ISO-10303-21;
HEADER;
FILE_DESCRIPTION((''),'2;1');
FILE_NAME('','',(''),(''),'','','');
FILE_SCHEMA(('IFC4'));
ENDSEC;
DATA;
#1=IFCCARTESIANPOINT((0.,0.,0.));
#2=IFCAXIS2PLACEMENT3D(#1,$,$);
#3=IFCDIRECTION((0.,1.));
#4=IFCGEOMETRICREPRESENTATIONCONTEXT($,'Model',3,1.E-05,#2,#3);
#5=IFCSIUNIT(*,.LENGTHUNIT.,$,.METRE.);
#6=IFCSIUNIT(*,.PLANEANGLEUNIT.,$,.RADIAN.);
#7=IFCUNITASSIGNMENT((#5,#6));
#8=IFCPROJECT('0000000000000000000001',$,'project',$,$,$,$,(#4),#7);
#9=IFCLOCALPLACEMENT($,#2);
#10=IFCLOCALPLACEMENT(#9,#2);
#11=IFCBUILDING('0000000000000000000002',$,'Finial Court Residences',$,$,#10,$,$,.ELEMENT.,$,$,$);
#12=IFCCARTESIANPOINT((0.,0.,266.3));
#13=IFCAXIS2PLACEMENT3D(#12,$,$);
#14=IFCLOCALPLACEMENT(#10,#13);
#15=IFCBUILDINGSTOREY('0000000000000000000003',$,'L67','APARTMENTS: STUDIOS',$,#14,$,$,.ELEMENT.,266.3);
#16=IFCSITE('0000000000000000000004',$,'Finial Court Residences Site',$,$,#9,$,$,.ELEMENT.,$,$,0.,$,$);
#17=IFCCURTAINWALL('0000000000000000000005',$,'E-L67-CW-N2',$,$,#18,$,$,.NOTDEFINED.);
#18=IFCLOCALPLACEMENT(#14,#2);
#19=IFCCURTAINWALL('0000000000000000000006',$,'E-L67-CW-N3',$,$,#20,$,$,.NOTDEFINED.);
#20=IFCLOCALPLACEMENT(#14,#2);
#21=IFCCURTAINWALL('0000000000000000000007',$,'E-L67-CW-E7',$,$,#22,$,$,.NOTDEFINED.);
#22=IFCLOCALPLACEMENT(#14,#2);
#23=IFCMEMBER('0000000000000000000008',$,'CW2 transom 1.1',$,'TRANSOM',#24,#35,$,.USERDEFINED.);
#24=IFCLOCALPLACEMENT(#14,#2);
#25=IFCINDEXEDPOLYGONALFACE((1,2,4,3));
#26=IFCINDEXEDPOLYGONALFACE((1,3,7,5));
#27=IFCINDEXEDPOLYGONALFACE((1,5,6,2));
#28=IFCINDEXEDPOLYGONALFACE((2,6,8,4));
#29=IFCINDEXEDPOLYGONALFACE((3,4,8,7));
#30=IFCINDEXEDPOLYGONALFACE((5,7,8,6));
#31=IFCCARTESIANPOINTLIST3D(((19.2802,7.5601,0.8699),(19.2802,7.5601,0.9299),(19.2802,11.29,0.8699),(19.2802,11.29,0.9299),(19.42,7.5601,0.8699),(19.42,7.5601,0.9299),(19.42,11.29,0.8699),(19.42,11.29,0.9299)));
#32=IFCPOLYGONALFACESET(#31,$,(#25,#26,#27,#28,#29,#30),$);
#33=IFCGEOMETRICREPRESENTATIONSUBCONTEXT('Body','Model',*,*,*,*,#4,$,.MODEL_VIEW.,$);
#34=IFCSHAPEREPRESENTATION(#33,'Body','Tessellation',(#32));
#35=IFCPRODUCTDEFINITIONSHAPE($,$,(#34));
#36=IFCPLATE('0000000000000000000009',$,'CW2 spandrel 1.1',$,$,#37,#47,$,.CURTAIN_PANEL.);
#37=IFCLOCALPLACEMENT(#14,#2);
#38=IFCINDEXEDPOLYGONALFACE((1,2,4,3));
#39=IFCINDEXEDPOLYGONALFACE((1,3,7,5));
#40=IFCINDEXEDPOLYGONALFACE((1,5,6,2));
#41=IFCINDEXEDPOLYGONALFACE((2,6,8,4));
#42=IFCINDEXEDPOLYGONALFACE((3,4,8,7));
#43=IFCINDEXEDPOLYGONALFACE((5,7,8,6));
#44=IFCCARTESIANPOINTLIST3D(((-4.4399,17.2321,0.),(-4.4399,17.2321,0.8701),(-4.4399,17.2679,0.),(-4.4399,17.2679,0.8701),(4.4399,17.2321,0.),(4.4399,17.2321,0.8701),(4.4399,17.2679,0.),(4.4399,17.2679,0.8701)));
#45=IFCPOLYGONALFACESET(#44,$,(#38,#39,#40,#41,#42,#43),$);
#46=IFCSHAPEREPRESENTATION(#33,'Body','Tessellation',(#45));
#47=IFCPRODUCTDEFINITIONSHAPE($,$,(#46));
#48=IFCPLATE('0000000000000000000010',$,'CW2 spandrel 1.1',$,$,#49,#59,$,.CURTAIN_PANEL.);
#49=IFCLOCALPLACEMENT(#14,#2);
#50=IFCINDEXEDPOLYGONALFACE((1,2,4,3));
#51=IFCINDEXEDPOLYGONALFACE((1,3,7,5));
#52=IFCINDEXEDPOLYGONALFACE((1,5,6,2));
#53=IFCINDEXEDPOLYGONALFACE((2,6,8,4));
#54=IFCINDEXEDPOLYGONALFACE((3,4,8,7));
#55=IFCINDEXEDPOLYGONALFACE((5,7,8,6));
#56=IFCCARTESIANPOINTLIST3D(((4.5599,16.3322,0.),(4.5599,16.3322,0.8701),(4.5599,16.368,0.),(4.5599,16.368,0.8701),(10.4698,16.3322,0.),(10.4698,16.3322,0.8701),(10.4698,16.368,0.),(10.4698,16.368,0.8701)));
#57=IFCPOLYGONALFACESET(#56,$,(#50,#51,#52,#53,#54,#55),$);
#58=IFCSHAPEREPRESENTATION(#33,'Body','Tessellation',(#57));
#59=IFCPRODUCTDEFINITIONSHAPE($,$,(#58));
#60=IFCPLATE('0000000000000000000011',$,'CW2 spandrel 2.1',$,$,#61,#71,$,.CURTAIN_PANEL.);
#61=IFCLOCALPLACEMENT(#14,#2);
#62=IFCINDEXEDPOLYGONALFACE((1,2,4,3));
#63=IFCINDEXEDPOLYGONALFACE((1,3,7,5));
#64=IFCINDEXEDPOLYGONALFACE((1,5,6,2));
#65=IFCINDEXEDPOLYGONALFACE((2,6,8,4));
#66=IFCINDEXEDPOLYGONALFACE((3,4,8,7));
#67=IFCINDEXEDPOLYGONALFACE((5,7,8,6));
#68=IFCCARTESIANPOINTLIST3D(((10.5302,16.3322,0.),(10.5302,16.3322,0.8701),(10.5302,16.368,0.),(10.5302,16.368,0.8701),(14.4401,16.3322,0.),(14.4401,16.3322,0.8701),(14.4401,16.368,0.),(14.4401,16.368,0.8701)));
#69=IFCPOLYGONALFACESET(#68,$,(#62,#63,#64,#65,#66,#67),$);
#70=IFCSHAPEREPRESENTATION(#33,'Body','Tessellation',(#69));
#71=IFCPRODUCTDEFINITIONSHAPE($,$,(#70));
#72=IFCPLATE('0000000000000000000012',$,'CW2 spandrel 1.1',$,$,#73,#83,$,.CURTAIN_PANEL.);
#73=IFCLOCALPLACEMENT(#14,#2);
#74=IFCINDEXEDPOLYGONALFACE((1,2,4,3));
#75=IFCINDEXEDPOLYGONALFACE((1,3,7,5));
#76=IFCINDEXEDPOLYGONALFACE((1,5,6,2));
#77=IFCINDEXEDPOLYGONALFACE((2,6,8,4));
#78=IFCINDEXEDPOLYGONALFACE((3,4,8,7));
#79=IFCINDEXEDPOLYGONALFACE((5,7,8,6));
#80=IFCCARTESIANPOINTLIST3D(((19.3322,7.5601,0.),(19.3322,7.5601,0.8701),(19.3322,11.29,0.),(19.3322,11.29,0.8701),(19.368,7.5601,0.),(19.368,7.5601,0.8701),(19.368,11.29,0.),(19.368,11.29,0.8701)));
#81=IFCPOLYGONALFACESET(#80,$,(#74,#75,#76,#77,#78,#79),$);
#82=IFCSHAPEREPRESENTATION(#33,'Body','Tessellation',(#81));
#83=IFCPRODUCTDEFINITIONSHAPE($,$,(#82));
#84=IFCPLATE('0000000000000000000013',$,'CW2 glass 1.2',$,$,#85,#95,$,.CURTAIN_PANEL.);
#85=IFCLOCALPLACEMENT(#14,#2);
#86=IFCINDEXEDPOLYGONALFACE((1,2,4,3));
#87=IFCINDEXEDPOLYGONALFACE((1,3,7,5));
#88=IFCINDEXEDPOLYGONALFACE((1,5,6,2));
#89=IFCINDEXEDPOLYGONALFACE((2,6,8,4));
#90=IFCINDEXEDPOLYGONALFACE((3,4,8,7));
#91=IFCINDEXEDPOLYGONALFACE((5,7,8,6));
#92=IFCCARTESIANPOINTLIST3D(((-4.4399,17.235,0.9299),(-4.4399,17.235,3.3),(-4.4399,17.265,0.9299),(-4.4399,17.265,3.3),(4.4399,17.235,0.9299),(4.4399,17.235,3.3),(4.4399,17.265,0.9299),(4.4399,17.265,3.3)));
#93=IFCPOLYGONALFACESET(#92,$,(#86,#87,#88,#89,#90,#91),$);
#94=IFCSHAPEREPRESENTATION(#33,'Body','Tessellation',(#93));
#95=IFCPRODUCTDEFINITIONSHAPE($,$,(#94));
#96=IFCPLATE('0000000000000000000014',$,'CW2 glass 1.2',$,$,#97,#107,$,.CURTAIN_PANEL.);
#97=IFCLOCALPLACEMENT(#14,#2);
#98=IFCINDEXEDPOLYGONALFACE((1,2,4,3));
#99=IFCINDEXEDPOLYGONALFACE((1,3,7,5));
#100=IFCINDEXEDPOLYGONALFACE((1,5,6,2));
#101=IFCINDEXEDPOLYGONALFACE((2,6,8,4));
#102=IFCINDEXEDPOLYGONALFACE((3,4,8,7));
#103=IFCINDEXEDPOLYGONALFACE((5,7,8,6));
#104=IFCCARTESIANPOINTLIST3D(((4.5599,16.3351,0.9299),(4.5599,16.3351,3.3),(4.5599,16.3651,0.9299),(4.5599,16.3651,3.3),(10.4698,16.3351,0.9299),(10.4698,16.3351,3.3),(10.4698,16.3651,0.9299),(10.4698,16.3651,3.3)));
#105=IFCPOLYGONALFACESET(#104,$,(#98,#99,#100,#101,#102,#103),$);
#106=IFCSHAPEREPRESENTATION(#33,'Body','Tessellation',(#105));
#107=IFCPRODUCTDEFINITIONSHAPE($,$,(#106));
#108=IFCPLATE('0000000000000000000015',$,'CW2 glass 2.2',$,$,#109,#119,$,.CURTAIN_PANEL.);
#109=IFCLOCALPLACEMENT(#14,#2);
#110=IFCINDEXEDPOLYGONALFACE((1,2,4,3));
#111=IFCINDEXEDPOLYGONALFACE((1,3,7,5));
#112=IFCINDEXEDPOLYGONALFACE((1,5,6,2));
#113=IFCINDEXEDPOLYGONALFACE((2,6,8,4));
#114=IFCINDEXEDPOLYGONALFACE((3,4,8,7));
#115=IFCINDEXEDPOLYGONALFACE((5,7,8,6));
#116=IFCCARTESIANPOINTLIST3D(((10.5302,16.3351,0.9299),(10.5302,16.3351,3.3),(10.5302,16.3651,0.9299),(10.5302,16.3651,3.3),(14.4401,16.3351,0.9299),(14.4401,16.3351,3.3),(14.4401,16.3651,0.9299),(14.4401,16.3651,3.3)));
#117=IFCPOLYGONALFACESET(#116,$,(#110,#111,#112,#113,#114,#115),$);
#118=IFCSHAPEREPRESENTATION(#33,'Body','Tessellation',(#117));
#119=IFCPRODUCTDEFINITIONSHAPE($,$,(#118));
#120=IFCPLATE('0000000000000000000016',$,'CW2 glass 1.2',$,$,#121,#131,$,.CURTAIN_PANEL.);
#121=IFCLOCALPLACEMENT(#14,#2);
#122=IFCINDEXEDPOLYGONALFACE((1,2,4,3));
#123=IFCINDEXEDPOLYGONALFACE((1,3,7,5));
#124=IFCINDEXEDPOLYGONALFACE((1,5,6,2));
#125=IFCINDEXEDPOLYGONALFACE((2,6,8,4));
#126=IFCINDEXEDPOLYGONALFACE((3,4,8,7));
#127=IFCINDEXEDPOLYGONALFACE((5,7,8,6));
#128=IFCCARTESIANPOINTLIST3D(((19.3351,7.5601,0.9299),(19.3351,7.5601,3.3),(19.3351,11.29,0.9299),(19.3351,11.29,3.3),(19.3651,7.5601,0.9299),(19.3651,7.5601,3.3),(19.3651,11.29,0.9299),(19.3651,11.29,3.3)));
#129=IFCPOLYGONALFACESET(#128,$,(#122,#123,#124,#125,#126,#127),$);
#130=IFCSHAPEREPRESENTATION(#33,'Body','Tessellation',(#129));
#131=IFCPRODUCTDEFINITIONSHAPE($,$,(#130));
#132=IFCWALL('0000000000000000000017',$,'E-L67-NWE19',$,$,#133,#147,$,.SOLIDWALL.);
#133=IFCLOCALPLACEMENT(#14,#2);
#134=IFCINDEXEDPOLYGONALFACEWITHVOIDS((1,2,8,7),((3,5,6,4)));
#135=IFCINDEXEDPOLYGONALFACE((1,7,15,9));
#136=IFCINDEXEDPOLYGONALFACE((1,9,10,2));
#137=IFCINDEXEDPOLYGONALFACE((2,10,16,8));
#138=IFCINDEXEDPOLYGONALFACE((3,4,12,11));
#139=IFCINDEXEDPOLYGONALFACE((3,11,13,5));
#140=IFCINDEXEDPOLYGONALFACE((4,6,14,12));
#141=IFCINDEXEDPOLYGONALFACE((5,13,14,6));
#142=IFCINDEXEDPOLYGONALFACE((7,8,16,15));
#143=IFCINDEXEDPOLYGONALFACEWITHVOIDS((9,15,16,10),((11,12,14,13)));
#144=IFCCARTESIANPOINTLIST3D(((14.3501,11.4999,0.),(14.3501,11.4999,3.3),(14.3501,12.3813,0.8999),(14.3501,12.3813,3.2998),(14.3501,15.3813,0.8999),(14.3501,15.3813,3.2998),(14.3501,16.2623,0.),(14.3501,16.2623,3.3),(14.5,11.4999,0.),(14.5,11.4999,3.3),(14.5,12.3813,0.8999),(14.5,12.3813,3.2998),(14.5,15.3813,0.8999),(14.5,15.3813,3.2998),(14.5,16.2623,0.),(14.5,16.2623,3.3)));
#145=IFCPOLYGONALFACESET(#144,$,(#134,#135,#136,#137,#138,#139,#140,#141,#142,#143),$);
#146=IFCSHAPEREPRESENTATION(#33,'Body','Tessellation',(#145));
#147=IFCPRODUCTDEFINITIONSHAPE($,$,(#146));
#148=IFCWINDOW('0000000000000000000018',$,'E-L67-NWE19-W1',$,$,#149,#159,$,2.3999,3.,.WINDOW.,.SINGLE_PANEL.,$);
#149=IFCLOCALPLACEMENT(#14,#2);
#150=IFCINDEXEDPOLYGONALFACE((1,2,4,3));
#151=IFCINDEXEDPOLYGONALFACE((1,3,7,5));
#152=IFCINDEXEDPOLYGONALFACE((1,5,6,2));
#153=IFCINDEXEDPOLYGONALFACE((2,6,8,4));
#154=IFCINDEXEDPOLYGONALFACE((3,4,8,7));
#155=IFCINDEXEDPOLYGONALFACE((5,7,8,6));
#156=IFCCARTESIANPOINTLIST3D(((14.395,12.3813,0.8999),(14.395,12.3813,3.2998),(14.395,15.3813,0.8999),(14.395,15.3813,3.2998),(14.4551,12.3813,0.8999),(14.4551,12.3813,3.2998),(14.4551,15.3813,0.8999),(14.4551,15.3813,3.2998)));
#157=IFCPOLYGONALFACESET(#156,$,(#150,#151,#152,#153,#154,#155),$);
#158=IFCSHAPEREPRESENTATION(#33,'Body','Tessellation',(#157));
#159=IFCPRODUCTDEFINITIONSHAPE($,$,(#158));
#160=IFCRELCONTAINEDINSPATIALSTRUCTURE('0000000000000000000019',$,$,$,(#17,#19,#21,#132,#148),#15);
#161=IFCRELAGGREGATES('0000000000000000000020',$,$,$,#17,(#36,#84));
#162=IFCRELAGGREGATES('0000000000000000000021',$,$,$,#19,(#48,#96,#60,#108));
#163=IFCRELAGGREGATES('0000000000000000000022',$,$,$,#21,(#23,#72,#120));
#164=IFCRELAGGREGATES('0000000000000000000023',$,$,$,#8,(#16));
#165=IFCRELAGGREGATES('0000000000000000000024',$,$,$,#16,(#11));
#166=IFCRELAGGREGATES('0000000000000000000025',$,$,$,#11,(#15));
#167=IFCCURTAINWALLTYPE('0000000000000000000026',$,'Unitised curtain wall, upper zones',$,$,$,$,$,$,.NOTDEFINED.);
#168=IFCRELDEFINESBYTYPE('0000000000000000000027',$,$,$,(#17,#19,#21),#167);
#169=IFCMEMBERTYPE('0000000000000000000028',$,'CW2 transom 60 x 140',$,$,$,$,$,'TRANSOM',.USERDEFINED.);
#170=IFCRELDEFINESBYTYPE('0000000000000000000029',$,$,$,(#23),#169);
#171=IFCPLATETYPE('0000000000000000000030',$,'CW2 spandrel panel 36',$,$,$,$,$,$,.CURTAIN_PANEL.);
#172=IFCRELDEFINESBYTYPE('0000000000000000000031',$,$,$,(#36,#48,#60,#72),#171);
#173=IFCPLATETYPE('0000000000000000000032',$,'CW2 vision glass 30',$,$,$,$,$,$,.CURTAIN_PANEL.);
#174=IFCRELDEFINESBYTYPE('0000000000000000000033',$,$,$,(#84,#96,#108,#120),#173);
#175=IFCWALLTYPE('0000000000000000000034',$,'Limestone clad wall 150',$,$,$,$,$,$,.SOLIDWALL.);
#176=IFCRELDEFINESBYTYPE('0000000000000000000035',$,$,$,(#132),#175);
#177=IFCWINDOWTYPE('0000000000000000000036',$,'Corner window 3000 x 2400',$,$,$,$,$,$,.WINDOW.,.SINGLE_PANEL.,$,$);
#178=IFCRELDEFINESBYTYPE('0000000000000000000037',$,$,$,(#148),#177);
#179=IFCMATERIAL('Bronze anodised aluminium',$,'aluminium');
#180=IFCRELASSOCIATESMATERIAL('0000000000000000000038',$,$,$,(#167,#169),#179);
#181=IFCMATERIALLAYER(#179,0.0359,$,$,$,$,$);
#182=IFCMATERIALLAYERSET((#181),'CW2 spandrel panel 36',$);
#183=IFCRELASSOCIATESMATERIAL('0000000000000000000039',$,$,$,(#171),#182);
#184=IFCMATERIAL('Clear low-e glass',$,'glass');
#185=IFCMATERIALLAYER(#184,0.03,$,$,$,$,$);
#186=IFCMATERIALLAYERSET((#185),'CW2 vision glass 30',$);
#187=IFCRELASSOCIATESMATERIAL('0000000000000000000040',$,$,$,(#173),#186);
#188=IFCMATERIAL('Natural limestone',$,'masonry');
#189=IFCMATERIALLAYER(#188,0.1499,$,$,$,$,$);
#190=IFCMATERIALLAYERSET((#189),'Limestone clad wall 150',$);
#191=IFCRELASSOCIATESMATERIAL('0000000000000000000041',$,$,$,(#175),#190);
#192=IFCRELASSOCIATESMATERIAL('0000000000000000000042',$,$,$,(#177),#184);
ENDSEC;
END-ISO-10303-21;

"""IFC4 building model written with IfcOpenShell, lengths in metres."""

from ifc_helpers import new_model, si_unit, direction, frame, frame_2d, origin, origin_2d, place, context, subcontext, project, spatial, rectangle, extrude, material, layer, layer_set, material_profile, profile_set, type_object, element, fill, aggregate, save


model = new_model("IFC4")

# Units and contexts
model_context = context("Model", 3, precision=1e-05, world=origin(), true_north=direction((0.0, 1.0)))
body_context = subcontext(model_context, "Body", "Model", "MODEL_VIEW")
ifc_project = project(units=[si_unit("LENGTHUNIT", "METRE"), si_unit("PLANEANGLEUNIT", "RADIAN")], contexts=[model_context])

# Site, building, storey
site_placement = place(None, origin())
site = spatial("IfcSite", under=ifc_project, at=site_placement, Name="Finial Court Residences Site", CompositionType="ELEMENT", RefElevation=0.0)
building_placement = place(site_placement, origin())
building = spatial("IfcBuilding", under=site, at=building_placement, Name="Finial Court Residences", CompositionType="ELEMENT")
storey_placement = place(building_placement, frame((0.0, 0.0, 266.3)))
storey = spatial("IfcBuildingStorey", under=building, at=storey_placement, Name="L67", Description="APARTMENTS: STUDIOS", CompositionType="ELEMENT", Elevation=266.3)

# Curtain wall
ifc_material_1 = material(Name="Bronze anodised aluminium", Category="aluminium")
curtain_wall_type = type_object("IfcCurtainWallType", Name="Unitised curtain wall, upper zones", PredefinedType="NOTDEFINED", material=ifc_material_1)
curtain_wall_1_placement = place(storey_placement, origin())
curtain_wall_1 = element("IfcCurtainWall", 1, at=curtain_wall_1_placement, inside=storey, type_object=curtain_wall_type, Name="E-L67-CW-N2", PredefinedType="NOTDEFINED")

# Curtain wall
curtain_wall_2_placement = place(storey_placement, origin())
curtain_wall_2 = element("IfcCurtainWall", 2, at=curtain_wall_2_placement, inside=storey, type_object=curtain_wall_type, Name="E-L67-CW-N3", PredefinedType="NOTDEFINED")

# Curtain wall
curtain_wall_3_placement = place(storey_placement, origin())
curtain_wall_3 = element("IfcCurtainWall", 3, at=curtain_wall_3_placement, inside=storey, type_object=curtain_wall_type, Name="E-L67-CW-E7", PredefinedType="NOTDEFINED")

# Member
ifc_material_profile_1 = material_profile(ifc_material_1, rectangle(XDim=0.1399, YDim=0.0601, at=origin_2d()), Name="CW2 transom 60 x 140")
ifc_profile_set_1 = profile_set([ifc_material_profile_1], Name="Bronze anodised aluminium")
member_type_1 = type_object("IfcMemberType", Name="CW2 transom 60 x 140", ElementType="TRANSOM", PredefinedType="USERDEFINED", material=ifc_profile_set_1)
member_1_placement = place(storey_placement, frame((19.3501, 7.5601, 0.8999), z_axis=(0.0, 1.0, 0.0), x_axis=(-1.0, 0.0, 0.0)))
member_1 = element("IfcMember", 4, at=member_1_placement, type_object=member_type_1, Name="CW2 transom 1.1", ObjectType="TRANSOM", PredefinedType="USERDEFINED", context=body_context, shape_type="SweptSolid", body=[
    extrude(rectangle(XDim=0.1399, YDim=0.0601, at=origin_2d()), origin(), (0.0, 0.0, 1.0), 3.73),
])

# Plates
ifc_layer_1 = layer(ifc_material_1, 0.0359)
ifc_layer_set_1 = layer_set([ifc_layer_1], Name="CW2 spandrel panel 36")
plate_type_1 = type_object("IfcPlateType", Name="CW2 spandrel panel 36", PredefinedType="CURTAIN_PANEL", material=ifc_layer_set_1)
plate_1_placement = place(storey_placement, frame((0.0, 17.25, 0.0), z_axis=(0.0, 0.0, 1.0), x_axis=(1.0, 0.0, 0.0)))
plate_1 = element("IfcPlate", 5, at=plate_1_placement, type_object=plate_type_1, Name="CW2 spandrel 1.1", PredefinedType="CURTAIN_PANEL", context=body_context, shape_type="SweptSolid", body=[
    extrude(rectangle(XDim=8.8799, YDim=0.0359, at=origin_2d()), origin(), (0.0, 0.0, 1.0), 0.8701),
])
plate_2_placement = place(storey_placement, frame((7.5149, 16.3501, 0.0), z_axis=(0.0, 0.0, 1.0), x_axis=(1.0, 0.0, 0.0)))
plate_2 = element("IfcPlate", 6, at=plate_2_placement, type_object=plate_type_1, Name="CW2 spandrel 1.1", PredefinedType="CURTAIN_PANEL", context=body_context, shape_type="SweptSolid", body=[
    extrude(rectangle(XDim=5.9099, YDim=0.0359, at=origin_2d()), origin(), (0.0, 0.0, 1.0), 0.8701),
])
plate_3_placement = place(storey_placement, frame((12.4851, 16.3501, 0.0), z_axis=(0.0, 0.0, 1.0), x_axis=(1.0, 0.0, 0.0)))
plate_3 = element("IfcPlate", 7, at=plate_3_placement, type_object=plate_type_1, Name="CW2 spandrel 2.1", PredefinedType="CURTAIN_PANEL", context=body_context, shape_type="SweptSolid", body=[
    extrude(rectangle(XDim=3.9099, YDim=0.0359, at=origin_2d()), origin(), (0.0, 0.0, 1.0), 0.8701),
])
plate_4_placement = place(storey_placement, frame((19.3501, 9.425, 0.0), z_axis=(0.0, 0.0, 1.0), x_axis=(0.0, 1.0, 0.0)))
plate_4 = element("IfcPlate", 8, at=plate_4_placement, type_object=plate_type_1, Name="CW2 spandrel 1.1", PredefinedType="CURTAIN_PANEL", context=body_context, shape_type="SweptSolid", body=[
    extrude(rectangle(XDim=3.73, YDim=0.0359, at=origin_2d()), origin(), (0.0, 0.0, 1.0), 0.8701),
])
ifc_material_2 = material(Name="Clear low-e glass", Category="glass")
ifc_layer_2 = layer(ifc_material_2, 0.03)
ifc_layer_set_2 = layer_set([ifc_layer_2], Name="CW2 vision glass 30")
plate_type_2 = type_object("IfcPlateType", Name="CW2 vision glass 30", PredefinedType="CURTAIN_PANEL", material=ifc_layer_set_2)
plate_5_placement = place(storey_placement, frame((0.0, 17.25, 0.9299), z_axis=(0.0, 0.0, 1.0), x_axis=(1.0, 0.0, 0.0)))
plate_5 = element("IfcPlate", 9, at=plate_5_placement, type_object=plate_type_2, Name="CW2 glass 1.2", PredefinedType="CURTAIN_PANEL", context=body_context, shape_type="SweptSolid", body=[
    extrude(rectangle(XDim=8.8799, YDim=0.03, at=origin_2d()), origin(), (0.0, 0.0, 1.0), 2.3701),
])
aggregate(curtain_wall_1, [plate_1, plate_5])
plate_6_placement = place(storey_placement, frame((7.5149, 16.3501, 0.9299), z_axis=(0.0, 0.0, 1.0), x_axis=(1.0, 0.0, 0.0)))
plate_6 = element("IfcPlate", 10, at=plate_6_placement, type_object=plate_type_2, Name="CW2 glass 1.2", PredefinedType="CURTAIN_PANEL", context=body_context, shape_type="SweptSolid", body=[
    extrude(rectangle(XDim=5.9099, YDim=0.03, at=origin_2d()), origin(), (0.0, 0.0, 1.0), 2.3701),
])
plate_7_placement = place(storey_placement, frame((12.4851, 16.3501, 0.9299), z_axis=(0.0, 0.0, 1.0), x_axis=(1.0, 0.0, 0.0)))
plate_7 = element("IfcPlate", 11, at=plate_7_placement, type_object=plate_type_2, Name="CW2 glass 2.2", PredefinedType="CURTAIN_PANEL", context=body_context, shape_type="SweptSolid", body=[
    extrude(rectangle(XDim=3.9099, YDim=0.03, at=origin_2d()), origin(), (0.0, 0.0, 1.0), 2.3701),
])
aggregate(curtain_wall_2, [plate_2, plate_6, plate_3, plate_7])
plate_8_placement = place(storey_placement, frame((19.3501, 9.425, 0.9299), z_axis=(0.0, 0.0, 1.0), x_axis=(0.0, 1.0, 0.0)))
plate_8 = element("IfcPlate", 12, at=plate_8_placement, type_object=plate_type_2, Name="CW2 glass 1.2", PredefinedType="CURTAIN_PANEL", context=body_context, shape_type="SweptSolid", body=[
    extrude(rectangle(XDim=3.73, YDim=0.03, at=origin_2d()), origin(), (0.0, 0.0, 1.0), 2.3701),
])
aggregate(curtain_wall_3, [member_1, plate_4, plate_8])

# Wall, opening, window
ifc_material_3 = material(Name="Natural limestone", Category="masonry")
ifc_layer_3 = layer(ifc_material_3, 0.1499)
ifc_layer_set_3 = layer_set([ifc_layer_3], Name="Limestone clad wall 150")
wall_type = type_object("IfcWallType", Name="Limestone clad wall 150", PredefinedType="SOLIDWALL", material=ifc_layer_set_3)
wall_1_placement = place(storey_placement, frame((14.425, 16.2625, 0.0), z_axis=(0.0, 0.0, 1.0), x_axis=(0.0, -1.0, 0.0)))
wall_1 = element("IfcWall", 13, at=wall_1_placement, inside=storey, type_object=wall_type, Name="E-L67-NWE19", PredefinedType="SOLIDWALL", context=body_context, shape_type="SweptSolid", body=[
    extrude(rectangle(XDim=4.7625, YDim=0.1499, at=frame_2d((2.3813, 0.0))), origin(), (0.0, 0.0, 1.0), 3.3),
])
opening_1_placement = place(wall_1_placement, frame((0.8811, 0.0, 0.8999)))
opening_1 = element("IfcOpeningElement", 14, at=opening_1_placement, cuts=wall_1, PredefinedType="OPENING", context=body_context, shape_type="SweptSolid", body=[
    extrude(rectangle(XDim=3.0, YDim=2.3999, at=frame_2d((1.5, 1.2))), frame((0.0, 0.085, 0.0), z_axis=(0.0, -1.0, 0.0), x_axis=(1.0, 0.0, 0.0)), (0.0, 0.0, 1.0), 0.1699),
])
window_type_1 = type_object("IfcWindowType", Name="Corner window 3000 x 2400", PartitioningType="SINGLE_PANEL", PredefinedType="WINDOW", material=ifc_material_2)
window_1_placement = place(opening_1_placement, origin())
window_1 = element("IfcWindow", 15, at=window_1_placement, inside=storey, type_object=window_type_1, Name="E-L67-NWE19-W1", OverallHeight=2.3999, OverallWidth=3.0, PartitioningType="SINGLE_PANEL", PredefinedType="WINDOW", context=body_context, shape_type="SweptSolid", body=[
    extrude(rectangle(XDim=3.0, YDim=2.3999, at=frame_2d((1.5, 1.2))), frame((0.0, 0.03, 0.0), z_axis=(0.0, -1.0, 0.0), x_axis=(1.0, 0.0, 0.0)), (0.0, 0.0, 1.0), 0.0601),
])
fill(opening_1, window_1)

save(model, "model.ifc")
